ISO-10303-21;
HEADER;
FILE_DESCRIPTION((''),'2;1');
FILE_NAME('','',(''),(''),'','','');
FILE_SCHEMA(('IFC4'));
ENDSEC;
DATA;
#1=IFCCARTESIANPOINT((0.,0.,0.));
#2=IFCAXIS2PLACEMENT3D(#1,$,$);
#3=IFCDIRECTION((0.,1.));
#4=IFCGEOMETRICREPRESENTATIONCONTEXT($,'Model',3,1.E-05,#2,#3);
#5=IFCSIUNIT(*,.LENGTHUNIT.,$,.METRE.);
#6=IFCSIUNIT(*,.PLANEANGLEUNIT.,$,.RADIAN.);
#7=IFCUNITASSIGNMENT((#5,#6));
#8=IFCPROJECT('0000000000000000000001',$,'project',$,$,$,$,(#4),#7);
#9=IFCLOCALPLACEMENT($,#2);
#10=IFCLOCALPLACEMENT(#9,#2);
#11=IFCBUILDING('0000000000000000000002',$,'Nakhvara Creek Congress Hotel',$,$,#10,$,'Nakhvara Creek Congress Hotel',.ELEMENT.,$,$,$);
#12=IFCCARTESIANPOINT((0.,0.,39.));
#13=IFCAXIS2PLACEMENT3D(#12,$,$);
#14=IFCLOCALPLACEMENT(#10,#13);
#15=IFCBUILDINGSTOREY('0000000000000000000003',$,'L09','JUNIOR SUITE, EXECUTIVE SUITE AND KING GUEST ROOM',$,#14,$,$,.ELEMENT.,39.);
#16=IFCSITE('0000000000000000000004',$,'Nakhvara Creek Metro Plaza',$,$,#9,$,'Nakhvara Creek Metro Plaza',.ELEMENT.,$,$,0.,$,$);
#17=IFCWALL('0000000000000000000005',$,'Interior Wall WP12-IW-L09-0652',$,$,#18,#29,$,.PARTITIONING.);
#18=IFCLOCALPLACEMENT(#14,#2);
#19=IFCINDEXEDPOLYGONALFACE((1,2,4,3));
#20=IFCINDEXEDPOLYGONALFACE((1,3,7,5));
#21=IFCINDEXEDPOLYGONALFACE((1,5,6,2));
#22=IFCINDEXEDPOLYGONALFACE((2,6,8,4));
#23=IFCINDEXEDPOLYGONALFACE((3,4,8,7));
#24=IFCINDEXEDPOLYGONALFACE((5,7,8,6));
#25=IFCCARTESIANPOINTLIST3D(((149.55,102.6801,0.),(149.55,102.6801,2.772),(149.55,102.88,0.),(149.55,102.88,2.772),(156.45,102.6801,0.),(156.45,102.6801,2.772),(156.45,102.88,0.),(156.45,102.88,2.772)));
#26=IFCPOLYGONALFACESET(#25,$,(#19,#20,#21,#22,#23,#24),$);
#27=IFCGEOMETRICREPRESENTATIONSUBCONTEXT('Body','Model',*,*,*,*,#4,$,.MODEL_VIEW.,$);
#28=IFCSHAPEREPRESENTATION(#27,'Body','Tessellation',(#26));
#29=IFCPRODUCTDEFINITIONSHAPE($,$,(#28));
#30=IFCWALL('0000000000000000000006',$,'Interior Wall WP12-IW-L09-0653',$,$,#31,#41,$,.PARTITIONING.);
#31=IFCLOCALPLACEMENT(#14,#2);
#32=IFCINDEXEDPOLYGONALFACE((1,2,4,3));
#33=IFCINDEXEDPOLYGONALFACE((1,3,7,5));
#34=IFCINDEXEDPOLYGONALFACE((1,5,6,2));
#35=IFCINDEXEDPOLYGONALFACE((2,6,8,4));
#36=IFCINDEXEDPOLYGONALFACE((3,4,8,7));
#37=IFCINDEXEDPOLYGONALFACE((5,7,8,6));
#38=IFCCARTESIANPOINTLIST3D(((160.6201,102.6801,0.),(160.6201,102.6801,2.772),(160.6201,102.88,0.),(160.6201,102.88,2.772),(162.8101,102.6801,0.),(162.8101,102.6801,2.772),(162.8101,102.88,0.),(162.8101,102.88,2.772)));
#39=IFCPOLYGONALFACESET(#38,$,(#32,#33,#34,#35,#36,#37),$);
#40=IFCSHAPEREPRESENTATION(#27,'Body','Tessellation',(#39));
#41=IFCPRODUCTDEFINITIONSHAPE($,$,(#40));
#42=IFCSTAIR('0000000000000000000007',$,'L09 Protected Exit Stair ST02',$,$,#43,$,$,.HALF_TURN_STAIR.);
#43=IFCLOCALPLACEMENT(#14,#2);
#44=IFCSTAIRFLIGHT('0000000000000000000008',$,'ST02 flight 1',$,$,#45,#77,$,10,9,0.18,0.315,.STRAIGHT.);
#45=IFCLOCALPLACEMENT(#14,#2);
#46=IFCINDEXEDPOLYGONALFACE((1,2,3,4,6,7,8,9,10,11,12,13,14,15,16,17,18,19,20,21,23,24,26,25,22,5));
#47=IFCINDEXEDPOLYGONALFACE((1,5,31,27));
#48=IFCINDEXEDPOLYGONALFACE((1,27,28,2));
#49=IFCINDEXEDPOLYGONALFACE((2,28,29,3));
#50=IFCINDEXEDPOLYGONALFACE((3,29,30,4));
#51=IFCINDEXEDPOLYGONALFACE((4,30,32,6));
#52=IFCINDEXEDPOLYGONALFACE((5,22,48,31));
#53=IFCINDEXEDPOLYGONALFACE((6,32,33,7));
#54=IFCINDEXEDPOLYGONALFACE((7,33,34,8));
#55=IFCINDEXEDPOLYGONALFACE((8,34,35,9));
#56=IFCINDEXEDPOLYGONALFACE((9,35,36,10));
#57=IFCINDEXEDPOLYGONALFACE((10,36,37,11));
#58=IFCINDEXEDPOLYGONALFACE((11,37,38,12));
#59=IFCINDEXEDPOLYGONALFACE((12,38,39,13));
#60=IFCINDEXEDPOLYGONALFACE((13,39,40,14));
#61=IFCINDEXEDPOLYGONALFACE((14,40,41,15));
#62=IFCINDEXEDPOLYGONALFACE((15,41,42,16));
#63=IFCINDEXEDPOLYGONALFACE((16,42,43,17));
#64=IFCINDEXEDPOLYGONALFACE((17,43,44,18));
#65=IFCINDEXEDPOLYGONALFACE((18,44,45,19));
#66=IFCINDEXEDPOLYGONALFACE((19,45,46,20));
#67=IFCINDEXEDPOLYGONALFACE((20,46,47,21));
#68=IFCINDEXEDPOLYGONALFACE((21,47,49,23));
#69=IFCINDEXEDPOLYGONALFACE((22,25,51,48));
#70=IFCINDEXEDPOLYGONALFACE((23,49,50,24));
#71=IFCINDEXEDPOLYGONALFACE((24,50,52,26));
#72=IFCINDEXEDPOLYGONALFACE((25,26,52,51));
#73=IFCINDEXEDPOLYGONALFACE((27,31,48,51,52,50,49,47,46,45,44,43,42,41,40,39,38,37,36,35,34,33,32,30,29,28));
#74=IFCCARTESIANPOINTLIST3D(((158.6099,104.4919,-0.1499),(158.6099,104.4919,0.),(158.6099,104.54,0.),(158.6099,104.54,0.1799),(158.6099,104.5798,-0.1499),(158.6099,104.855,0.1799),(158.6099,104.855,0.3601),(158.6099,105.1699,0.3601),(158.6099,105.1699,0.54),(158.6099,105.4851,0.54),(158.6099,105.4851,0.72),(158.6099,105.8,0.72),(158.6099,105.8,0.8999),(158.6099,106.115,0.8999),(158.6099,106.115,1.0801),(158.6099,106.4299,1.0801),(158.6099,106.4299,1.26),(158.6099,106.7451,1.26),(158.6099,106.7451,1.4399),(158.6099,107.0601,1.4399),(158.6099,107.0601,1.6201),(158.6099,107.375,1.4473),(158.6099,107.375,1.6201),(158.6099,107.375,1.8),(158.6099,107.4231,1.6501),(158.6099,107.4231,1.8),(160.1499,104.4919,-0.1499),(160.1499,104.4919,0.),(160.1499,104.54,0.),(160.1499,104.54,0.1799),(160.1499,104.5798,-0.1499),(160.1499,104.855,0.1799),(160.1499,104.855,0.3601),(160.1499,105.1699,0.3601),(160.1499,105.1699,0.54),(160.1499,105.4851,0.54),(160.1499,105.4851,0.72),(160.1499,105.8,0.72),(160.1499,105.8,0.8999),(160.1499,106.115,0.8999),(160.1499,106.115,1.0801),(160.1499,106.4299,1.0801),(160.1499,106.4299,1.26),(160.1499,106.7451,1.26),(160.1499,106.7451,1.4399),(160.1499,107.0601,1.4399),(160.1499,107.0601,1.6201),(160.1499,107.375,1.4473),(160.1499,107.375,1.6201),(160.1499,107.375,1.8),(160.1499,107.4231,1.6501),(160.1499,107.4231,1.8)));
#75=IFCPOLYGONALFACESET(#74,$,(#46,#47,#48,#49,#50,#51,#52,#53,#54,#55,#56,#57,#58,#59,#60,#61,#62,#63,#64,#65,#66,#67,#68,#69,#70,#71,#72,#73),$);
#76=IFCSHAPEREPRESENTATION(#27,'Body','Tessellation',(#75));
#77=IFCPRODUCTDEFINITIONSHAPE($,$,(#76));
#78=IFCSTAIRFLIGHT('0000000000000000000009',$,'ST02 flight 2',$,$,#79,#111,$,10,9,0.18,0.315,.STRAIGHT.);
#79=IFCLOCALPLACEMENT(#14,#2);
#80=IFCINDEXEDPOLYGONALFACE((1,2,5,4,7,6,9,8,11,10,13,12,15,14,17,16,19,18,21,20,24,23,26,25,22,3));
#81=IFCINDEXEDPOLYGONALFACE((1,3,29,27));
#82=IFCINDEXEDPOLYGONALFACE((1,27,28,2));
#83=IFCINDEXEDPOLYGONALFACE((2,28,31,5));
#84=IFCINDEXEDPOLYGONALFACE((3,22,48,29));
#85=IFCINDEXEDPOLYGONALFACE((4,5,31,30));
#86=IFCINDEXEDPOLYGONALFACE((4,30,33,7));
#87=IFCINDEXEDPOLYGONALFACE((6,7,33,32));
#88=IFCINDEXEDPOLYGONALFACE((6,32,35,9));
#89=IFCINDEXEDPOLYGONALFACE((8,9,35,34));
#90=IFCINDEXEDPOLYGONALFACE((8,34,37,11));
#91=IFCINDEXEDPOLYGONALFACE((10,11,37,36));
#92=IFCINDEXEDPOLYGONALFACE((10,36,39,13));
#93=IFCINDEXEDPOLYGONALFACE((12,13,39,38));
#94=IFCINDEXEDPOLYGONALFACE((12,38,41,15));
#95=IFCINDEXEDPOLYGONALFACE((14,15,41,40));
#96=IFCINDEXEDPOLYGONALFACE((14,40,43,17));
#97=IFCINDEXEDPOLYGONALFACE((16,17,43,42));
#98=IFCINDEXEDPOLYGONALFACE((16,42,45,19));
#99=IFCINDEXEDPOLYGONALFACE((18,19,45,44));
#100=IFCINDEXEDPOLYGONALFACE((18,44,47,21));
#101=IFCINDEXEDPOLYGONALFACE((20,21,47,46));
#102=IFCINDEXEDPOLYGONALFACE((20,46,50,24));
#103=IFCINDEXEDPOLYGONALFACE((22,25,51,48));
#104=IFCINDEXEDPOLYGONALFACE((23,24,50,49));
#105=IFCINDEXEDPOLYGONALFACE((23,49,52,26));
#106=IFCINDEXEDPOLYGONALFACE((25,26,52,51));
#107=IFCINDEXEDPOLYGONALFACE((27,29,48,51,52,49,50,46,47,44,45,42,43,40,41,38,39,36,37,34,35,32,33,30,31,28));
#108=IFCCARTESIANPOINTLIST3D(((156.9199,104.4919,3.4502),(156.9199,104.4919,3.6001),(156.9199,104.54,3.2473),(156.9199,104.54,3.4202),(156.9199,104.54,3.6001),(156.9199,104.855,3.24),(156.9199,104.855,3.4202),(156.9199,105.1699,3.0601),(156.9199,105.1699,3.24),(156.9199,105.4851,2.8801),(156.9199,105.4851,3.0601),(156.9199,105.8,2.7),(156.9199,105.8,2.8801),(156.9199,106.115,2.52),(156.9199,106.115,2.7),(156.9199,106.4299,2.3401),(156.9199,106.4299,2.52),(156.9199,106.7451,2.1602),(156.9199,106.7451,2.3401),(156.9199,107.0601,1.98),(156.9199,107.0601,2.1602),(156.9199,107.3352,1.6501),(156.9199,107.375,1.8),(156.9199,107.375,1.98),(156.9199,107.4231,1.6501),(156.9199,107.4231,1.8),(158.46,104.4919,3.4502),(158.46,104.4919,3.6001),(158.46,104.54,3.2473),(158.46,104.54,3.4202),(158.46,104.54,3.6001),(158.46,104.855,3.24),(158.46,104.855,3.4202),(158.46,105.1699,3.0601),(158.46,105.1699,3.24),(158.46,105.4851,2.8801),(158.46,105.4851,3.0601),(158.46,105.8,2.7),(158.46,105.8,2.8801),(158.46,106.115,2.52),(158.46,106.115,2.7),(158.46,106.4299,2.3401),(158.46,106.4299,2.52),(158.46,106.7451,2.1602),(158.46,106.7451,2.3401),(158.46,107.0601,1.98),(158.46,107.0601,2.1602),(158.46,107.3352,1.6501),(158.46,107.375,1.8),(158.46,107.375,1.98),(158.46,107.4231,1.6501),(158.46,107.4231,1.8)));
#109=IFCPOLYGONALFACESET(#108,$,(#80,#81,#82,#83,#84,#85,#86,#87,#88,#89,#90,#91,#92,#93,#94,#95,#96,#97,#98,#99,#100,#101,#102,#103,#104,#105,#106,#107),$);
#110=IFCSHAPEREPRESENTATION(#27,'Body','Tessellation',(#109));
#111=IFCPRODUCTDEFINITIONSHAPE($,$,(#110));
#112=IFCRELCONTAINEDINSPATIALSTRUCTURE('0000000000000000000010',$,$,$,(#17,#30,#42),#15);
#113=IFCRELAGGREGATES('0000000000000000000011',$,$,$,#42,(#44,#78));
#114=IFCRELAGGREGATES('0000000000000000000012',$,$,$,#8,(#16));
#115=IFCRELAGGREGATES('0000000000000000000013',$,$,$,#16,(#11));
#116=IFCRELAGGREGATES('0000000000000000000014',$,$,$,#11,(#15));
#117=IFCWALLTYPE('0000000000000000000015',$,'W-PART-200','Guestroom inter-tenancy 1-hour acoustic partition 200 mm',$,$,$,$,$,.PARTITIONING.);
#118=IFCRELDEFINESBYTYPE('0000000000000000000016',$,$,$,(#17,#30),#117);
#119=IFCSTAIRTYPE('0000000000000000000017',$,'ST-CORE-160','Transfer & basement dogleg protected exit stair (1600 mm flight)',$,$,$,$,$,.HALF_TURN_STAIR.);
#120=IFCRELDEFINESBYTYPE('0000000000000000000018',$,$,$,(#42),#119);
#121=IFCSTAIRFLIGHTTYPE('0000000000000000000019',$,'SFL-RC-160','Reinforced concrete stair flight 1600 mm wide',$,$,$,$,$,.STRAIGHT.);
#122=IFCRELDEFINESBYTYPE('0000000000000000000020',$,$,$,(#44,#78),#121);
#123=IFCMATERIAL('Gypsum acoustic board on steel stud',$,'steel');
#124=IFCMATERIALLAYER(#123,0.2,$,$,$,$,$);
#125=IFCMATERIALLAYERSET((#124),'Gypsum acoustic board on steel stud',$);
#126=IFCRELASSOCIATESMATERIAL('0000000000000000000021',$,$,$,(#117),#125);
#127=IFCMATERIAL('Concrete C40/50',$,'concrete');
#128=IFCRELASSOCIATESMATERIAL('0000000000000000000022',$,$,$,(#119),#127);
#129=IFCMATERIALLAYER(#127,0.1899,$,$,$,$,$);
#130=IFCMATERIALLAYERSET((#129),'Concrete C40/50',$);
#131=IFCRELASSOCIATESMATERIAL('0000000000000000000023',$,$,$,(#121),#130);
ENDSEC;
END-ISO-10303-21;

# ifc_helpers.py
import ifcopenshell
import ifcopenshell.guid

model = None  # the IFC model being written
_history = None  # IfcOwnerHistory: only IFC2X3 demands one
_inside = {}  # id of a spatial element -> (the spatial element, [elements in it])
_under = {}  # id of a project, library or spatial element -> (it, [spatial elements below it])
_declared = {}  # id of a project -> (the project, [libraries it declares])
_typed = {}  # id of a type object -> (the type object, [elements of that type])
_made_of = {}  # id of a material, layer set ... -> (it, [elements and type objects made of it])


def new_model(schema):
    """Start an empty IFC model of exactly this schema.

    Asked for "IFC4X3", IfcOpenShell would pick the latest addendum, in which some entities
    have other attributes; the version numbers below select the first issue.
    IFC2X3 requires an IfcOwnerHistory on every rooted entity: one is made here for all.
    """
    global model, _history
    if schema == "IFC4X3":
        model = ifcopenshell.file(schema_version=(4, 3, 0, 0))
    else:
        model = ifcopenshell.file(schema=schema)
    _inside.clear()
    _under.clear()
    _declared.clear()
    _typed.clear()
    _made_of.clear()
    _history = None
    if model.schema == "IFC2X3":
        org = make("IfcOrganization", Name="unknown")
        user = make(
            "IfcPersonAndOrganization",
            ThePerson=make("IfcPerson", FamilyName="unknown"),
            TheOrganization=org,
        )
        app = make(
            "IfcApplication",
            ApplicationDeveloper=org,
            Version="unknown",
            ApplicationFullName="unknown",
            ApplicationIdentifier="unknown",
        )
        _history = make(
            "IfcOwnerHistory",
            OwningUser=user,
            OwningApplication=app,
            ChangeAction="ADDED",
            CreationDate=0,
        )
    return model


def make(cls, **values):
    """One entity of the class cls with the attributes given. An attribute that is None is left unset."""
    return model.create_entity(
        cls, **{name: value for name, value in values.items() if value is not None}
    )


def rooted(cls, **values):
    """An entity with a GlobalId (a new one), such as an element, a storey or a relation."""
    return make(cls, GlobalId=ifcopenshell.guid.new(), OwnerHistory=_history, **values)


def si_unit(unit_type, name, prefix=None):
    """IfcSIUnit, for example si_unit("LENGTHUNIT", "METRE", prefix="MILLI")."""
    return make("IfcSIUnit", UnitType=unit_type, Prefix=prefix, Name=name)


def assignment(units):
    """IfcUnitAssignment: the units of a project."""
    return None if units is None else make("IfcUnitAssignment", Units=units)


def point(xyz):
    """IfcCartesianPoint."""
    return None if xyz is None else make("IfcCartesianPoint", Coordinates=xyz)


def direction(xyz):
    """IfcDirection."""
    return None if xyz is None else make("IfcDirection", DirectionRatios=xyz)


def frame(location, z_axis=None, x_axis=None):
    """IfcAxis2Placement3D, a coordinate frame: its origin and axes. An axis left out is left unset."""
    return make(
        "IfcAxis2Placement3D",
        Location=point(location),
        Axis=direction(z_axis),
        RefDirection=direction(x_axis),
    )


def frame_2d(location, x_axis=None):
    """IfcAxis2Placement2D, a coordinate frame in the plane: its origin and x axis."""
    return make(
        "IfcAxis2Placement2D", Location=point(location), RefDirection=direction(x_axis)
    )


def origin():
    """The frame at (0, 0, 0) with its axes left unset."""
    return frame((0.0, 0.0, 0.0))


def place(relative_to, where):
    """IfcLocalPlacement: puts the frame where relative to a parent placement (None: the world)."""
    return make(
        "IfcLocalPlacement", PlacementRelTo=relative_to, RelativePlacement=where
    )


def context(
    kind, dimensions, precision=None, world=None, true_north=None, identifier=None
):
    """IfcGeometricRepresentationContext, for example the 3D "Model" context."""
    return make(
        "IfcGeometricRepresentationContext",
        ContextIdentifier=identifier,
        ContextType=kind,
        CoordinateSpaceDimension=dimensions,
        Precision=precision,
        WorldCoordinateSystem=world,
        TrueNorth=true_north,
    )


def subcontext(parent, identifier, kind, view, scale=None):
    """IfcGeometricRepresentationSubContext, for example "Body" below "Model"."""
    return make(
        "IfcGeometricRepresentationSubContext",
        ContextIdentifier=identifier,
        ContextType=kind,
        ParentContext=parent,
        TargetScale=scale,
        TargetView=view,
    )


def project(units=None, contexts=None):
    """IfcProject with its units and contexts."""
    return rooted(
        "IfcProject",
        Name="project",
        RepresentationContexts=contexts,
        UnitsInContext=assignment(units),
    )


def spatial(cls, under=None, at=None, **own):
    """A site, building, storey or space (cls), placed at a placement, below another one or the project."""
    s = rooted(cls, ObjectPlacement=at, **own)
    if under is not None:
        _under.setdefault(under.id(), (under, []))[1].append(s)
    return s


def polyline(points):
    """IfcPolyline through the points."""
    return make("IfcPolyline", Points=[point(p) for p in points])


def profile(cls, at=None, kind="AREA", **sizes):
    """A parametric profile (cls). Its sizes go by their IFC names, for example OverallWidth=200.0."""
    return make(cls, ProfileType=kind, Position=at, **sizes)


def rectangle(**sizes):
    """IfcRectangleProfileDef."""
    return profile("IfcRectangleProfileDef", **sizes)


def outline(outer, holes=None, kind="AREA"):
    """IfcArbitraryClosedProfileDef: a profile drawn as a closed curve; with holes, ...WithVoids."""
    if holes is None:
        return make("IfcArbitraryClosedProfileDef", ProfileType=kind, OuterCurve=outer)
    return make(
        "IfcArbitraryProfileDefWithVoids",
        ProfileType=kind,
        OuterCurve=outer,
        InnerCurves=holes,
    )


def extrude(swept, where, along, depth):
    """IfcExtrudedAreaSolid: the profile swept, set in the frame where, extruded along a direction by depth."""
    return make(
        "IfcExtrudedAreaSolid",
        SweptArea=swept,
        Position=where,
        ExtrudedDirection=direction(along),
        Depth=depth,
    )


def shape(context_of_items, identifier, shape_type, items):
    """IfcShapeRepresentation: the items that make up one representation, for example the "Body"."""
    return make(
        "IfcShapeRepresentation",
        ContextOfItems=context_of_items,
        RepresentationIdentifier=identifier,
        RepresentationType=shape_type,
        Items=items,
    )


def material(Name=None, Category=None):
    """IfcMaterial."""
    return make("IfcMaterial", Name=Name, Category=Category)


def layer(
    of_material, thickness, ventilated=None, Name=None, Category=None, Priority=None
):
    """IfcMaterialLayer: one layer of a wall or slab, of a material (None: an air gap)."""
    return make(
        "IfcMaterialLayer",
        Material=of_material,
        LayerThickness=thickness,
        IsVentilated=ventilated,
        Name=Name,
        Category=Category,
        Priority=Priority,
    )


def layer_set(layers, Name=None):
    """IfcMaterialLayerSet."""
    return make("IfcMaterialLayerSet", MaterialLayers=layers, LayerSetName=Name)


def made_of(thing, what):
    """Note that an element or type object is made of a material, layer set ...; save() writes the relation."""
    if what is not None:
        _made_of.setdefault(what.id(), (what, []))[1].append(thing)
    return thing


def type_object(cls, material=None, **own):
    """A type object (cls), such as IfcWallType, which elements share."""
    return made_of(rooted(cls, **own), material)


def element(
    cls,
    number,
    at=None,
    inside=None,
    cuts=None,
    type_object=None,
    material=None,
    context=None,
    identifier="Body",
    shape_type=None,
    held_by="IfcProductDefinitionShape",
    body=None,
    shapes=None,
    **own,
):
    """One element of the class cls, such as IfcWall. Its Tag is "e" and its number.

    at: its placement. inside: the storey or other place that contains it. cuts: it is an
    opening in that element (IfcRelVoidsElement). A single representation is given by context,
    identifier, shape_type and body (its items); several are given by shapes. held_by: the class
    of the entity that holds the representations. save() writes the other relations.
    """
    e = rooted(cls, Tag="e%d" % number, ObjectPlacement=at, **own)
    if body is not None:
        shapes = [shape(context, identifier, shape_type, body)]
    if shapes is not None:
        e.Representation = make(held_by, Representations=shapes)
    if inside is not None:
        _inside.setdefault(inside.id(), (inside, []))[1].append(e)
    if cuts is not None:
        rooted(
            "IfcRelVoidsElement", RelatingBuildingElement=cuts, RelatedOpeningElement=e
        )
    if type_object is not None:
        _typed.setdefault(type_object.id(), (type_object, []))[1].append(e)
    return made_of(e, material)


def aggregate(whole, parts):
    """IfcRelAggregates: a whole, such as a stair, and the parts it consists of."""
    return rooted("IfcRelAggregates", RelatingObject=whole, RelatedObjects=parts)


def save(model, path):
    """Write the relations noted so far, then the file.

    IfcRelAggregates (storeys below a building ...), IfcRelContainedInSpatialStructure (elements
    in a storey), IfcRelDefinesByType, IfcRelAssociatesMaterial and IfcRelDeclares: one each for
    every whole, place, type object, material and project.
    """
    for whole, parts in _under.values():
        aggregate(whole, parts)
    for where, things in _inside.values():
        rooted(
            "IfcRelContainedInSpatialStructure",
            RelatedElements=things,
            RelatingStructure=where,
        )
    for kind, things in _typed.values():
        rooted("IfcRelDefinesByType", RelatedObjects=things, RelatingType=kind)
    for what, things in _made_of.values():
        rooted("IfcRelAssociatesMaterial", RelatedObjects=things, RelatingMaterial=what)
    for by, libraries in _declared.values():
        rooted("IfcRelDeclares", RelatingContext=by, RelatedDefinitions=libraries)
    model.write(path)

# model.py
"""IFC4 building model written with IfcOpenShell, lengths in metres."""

from ifc_helpers import new_model, si_unit, direction, frame, frame_2d, origin, place, context, subcontext, project, spatial, polyline, rectangle, outline, extrude, material, layer, layer_set, type_object, element, aggregate, save


model = new_model("IFC4")

# Units and contexts
model_context = context("Model", 3, precision=1e-05, world=origin(), true_north=direction((0.0, 1.0)))
body_context = subcontext(model_context, "Body", "Model", "MODEL_VIEW")
ifc_project = project(units=[si_unit("LENGTHUNIT", "METRE"), si_unit("PLANEANGLEUNIT", "RADIAN")], contexts=[model_context])

# Site, building, storey
site_placement = place(None, origin())
site = spatial("IfcSite", under=ifc_project, at=site_placement, Name="Nakhvara Creek Metro Plaza", LongName="Nakhvara Creek Metro Plaza", CompositionType="ELEMENT", RefElevation=0.0)
building_placement = place(site_placement, origin())
building = spatial("IfcBuilding", under=site, at=building_placement, Name="Nakhvara Creek Congress Hotel", LongName="Nakhvara Creek Congress Hotel", CompositionType="ELEMENT")
storey_placement = place(building_placement, frame((0.0, 0.0, 39.0)))
storey = spatial("IfcBuildingStorey", under=building, at=storey_placement, Name="L09", Description="JUNIOR SUITE, EXECUTIVE SUITE AND KING GUEST ROOM", CompositionType="ELEMENT", Elevation=39.0)

# Shared definitions
ifc_material_1 = material(Name="Concrete C40/50", Category="concrete")

# Walls
ifc_material_2 = material(Name="Gypsum acoustic board on steel stud", Category="steel")
ifc_layer_1 = layer(ifc_material_2, 0.2)
ifc_layer_set_1 = layer_set([ifc_layer_1], Name="Gypsum acoustic board on steel stud")
wall_type_1 = type_object("IfcWallType", Name="W-PART-200", Description="Guestroom inter-tenancy 1-hour acoustic partition 200 mm", PredefinedType="PARTITIONING", material=ifc_layer_set_1)
wall_1_placement = place(storey_placement, frame((149.55, 102.78, 0.0), z_axis=(0.0, 0.0, 1.0), x_axis=(1.0, 0.0, 0.0)))
element("IfcWall", 1, at=wall_1_placement, inside=storey, type_object=wall_type_1, Name="Interior Wall WP12-IW-L09-0652", PredefinedType="PARTITIONING", context=body_context, shape_type="SweptSolid", body=[
    extrude(rectangle(XDim=6.8999, YDim=0.2, at=frame_2d((3.45, 0.0))), origin(), (0.0, 0.0, 1.0), 2.772),
])
wall_2_placement = place(storey_placement, frame((160.6201, 102.78, 0.0), z_axis=(0.0, 0.0, 1.0), x_axis=(1.0, 0.0, 0.0)))
element("IfcWall", 2, at=wall_2_placement, inside=storey, type_object=wall_type_1, Name="Interior Wall WP12-IW-L09-0653", PredefinedType="PARTITIONING", context=body_context, shape_type="SweptSolid", body=[
    extrude(rectangle(XDim=2.1899, YDim=0.2, at=frame_2d((1.095, 0.0))), origin(), (0.0, 0.0, 1.0), 2.772),
])

# Stair, stair flights
stair_type = type_object("IfcStairType", Name="ST-CORE-160", Description="Transfer & basement dogleg protected exit stair (1600 mm flight)", PredefinedType="HALF_TURN_STAIR", material=ifc_material_1)
stair_placement = place(storey_placement, origin())
stair = element("IfcStair", 3, at=stair_placement, inside=storey, type_object=stair_type, Name="L09 Protected Exit Stair ST02", PredefinedType="HALF_TURN_STAIR")
ifc_layer_2 = layer(ifc_material_1, 0.1899)
ifc_layer_set_2 = layer_set([ifc_layer_2], Name="Concrete C40/50")
stair_flight_type = type_object("IfcStairFlightType", Name="SFL-RC-160", Description="Reinforced concrete stair flight 1600 mm wide", PredefinedType="STRAIGHT", material=ifc_layer_set_2)
stair_flight_1_placement = place(storey_placement, frame((159.3799, 104.54, 0.0), z_axis=(0.0, 0.0, 1.0), x_axis=(0.0, 1.0, 0.0)))
stair_flight_1 = element("IfcStairFlight", 4, at=stair_flight_1_placement, type_object=stair_flight_type, Name="ST02 flight 1", NumberOfRisers=10, NumberOfTreads=9, PredefinedType="STRAIGHT", RiserHeight=0.18, TreadLength=0.315, context=body_context, shape_type="SweptSolid", body=[
    extrude(outline(polyline([(-0.0481, 0.0), (0.0, 0.0), (0.0, 0.1799), (0.3149, 0.1799), (0.3149, 0.3601), (0.6299, 0.3601), (0.6299, 0.54), (0.9451, 0.54), (0.9451, 0.72), (1.26, 0.72), (1.26, 0.8999), (1.575, 0.8999), (1.575, 1.0801), (1.8899, 1.0801), (1.8899, 1.26), (2.2051, 1.26), (2.2051, 1.4399), (2.52, 1.4399), (2.52, 1.6201), (2.835, 1.6201), (2.835, 1.8), (2.8831, 1.8), (2.8831, 1.6501), (2.835, 1.4473), (0.0398, -0.1499), (-0.0481, -0.1499), (-0.0481, 0.0)])), frame((0.0, 0.77, 0.0), z_axis=(0.0, -1.0, 0.0), x_axis=(1.0, 0.0, 0.0)), (0.0, 0.0, 1.0), 1.54),
])
stair_flight_2_placement = place(storey_placement, frame((157.6899, 107.375, 1.8), z_axis=(0.0, 0.0, 1.0), x_axis=(0.0, -1.0, 0.0)))
stair_flight_2 = element("IfcStairFlight", 5, at=stair_flight_2_placement, type_object=stair_flight_type, Name="ST02 flight 2", NumberOfRisers=10, NumberOfTreads=9, PredefinedType="STRAIGHT", RiserHeight=0.18, TreadLength=0.315, context=body_context, shape_type="SweptSolid", body=[
    extrude(outline(polyline([(-0.0481, 0.0), (0.0, 0.0), (0.0, 0.1799), (0.3149, 0.1799), (0.3149, 0.3601), (0.6299, 0.3601), (0.6299, 0.54), (0.9451, 0.54), (0.9451, 0.72), (1.26, 0.72), (1.26, 0.8999), (1.575, 0.8999), (1.575, 1.0801), (1.8899, 1.0801), (1.8899, 1.26), (2.2051, 1.26), (2.2051, 1.4399), (2.52, 1.4399), (2.52, 1.6201), (2.835, 1.6201), (2.835, 1.8), (2.8831, 1.8), (2.8831, 1.6501), (2.835, 1.4473), (0.0398, -0.1499), (-0.0481, -0.1499), (-0.0481, 0.0)])), frame((0.0, 0.77, 0.0), z_axis=(0.0, -1.0, 0.0), x_axis=(1.0, 0.0, 0.0)), (0.0, 0.0, 1.0), 1.54),
])
aggregate(stair, [stair_flight_1, stair_flight_2])

save(model, "model.ifc")
